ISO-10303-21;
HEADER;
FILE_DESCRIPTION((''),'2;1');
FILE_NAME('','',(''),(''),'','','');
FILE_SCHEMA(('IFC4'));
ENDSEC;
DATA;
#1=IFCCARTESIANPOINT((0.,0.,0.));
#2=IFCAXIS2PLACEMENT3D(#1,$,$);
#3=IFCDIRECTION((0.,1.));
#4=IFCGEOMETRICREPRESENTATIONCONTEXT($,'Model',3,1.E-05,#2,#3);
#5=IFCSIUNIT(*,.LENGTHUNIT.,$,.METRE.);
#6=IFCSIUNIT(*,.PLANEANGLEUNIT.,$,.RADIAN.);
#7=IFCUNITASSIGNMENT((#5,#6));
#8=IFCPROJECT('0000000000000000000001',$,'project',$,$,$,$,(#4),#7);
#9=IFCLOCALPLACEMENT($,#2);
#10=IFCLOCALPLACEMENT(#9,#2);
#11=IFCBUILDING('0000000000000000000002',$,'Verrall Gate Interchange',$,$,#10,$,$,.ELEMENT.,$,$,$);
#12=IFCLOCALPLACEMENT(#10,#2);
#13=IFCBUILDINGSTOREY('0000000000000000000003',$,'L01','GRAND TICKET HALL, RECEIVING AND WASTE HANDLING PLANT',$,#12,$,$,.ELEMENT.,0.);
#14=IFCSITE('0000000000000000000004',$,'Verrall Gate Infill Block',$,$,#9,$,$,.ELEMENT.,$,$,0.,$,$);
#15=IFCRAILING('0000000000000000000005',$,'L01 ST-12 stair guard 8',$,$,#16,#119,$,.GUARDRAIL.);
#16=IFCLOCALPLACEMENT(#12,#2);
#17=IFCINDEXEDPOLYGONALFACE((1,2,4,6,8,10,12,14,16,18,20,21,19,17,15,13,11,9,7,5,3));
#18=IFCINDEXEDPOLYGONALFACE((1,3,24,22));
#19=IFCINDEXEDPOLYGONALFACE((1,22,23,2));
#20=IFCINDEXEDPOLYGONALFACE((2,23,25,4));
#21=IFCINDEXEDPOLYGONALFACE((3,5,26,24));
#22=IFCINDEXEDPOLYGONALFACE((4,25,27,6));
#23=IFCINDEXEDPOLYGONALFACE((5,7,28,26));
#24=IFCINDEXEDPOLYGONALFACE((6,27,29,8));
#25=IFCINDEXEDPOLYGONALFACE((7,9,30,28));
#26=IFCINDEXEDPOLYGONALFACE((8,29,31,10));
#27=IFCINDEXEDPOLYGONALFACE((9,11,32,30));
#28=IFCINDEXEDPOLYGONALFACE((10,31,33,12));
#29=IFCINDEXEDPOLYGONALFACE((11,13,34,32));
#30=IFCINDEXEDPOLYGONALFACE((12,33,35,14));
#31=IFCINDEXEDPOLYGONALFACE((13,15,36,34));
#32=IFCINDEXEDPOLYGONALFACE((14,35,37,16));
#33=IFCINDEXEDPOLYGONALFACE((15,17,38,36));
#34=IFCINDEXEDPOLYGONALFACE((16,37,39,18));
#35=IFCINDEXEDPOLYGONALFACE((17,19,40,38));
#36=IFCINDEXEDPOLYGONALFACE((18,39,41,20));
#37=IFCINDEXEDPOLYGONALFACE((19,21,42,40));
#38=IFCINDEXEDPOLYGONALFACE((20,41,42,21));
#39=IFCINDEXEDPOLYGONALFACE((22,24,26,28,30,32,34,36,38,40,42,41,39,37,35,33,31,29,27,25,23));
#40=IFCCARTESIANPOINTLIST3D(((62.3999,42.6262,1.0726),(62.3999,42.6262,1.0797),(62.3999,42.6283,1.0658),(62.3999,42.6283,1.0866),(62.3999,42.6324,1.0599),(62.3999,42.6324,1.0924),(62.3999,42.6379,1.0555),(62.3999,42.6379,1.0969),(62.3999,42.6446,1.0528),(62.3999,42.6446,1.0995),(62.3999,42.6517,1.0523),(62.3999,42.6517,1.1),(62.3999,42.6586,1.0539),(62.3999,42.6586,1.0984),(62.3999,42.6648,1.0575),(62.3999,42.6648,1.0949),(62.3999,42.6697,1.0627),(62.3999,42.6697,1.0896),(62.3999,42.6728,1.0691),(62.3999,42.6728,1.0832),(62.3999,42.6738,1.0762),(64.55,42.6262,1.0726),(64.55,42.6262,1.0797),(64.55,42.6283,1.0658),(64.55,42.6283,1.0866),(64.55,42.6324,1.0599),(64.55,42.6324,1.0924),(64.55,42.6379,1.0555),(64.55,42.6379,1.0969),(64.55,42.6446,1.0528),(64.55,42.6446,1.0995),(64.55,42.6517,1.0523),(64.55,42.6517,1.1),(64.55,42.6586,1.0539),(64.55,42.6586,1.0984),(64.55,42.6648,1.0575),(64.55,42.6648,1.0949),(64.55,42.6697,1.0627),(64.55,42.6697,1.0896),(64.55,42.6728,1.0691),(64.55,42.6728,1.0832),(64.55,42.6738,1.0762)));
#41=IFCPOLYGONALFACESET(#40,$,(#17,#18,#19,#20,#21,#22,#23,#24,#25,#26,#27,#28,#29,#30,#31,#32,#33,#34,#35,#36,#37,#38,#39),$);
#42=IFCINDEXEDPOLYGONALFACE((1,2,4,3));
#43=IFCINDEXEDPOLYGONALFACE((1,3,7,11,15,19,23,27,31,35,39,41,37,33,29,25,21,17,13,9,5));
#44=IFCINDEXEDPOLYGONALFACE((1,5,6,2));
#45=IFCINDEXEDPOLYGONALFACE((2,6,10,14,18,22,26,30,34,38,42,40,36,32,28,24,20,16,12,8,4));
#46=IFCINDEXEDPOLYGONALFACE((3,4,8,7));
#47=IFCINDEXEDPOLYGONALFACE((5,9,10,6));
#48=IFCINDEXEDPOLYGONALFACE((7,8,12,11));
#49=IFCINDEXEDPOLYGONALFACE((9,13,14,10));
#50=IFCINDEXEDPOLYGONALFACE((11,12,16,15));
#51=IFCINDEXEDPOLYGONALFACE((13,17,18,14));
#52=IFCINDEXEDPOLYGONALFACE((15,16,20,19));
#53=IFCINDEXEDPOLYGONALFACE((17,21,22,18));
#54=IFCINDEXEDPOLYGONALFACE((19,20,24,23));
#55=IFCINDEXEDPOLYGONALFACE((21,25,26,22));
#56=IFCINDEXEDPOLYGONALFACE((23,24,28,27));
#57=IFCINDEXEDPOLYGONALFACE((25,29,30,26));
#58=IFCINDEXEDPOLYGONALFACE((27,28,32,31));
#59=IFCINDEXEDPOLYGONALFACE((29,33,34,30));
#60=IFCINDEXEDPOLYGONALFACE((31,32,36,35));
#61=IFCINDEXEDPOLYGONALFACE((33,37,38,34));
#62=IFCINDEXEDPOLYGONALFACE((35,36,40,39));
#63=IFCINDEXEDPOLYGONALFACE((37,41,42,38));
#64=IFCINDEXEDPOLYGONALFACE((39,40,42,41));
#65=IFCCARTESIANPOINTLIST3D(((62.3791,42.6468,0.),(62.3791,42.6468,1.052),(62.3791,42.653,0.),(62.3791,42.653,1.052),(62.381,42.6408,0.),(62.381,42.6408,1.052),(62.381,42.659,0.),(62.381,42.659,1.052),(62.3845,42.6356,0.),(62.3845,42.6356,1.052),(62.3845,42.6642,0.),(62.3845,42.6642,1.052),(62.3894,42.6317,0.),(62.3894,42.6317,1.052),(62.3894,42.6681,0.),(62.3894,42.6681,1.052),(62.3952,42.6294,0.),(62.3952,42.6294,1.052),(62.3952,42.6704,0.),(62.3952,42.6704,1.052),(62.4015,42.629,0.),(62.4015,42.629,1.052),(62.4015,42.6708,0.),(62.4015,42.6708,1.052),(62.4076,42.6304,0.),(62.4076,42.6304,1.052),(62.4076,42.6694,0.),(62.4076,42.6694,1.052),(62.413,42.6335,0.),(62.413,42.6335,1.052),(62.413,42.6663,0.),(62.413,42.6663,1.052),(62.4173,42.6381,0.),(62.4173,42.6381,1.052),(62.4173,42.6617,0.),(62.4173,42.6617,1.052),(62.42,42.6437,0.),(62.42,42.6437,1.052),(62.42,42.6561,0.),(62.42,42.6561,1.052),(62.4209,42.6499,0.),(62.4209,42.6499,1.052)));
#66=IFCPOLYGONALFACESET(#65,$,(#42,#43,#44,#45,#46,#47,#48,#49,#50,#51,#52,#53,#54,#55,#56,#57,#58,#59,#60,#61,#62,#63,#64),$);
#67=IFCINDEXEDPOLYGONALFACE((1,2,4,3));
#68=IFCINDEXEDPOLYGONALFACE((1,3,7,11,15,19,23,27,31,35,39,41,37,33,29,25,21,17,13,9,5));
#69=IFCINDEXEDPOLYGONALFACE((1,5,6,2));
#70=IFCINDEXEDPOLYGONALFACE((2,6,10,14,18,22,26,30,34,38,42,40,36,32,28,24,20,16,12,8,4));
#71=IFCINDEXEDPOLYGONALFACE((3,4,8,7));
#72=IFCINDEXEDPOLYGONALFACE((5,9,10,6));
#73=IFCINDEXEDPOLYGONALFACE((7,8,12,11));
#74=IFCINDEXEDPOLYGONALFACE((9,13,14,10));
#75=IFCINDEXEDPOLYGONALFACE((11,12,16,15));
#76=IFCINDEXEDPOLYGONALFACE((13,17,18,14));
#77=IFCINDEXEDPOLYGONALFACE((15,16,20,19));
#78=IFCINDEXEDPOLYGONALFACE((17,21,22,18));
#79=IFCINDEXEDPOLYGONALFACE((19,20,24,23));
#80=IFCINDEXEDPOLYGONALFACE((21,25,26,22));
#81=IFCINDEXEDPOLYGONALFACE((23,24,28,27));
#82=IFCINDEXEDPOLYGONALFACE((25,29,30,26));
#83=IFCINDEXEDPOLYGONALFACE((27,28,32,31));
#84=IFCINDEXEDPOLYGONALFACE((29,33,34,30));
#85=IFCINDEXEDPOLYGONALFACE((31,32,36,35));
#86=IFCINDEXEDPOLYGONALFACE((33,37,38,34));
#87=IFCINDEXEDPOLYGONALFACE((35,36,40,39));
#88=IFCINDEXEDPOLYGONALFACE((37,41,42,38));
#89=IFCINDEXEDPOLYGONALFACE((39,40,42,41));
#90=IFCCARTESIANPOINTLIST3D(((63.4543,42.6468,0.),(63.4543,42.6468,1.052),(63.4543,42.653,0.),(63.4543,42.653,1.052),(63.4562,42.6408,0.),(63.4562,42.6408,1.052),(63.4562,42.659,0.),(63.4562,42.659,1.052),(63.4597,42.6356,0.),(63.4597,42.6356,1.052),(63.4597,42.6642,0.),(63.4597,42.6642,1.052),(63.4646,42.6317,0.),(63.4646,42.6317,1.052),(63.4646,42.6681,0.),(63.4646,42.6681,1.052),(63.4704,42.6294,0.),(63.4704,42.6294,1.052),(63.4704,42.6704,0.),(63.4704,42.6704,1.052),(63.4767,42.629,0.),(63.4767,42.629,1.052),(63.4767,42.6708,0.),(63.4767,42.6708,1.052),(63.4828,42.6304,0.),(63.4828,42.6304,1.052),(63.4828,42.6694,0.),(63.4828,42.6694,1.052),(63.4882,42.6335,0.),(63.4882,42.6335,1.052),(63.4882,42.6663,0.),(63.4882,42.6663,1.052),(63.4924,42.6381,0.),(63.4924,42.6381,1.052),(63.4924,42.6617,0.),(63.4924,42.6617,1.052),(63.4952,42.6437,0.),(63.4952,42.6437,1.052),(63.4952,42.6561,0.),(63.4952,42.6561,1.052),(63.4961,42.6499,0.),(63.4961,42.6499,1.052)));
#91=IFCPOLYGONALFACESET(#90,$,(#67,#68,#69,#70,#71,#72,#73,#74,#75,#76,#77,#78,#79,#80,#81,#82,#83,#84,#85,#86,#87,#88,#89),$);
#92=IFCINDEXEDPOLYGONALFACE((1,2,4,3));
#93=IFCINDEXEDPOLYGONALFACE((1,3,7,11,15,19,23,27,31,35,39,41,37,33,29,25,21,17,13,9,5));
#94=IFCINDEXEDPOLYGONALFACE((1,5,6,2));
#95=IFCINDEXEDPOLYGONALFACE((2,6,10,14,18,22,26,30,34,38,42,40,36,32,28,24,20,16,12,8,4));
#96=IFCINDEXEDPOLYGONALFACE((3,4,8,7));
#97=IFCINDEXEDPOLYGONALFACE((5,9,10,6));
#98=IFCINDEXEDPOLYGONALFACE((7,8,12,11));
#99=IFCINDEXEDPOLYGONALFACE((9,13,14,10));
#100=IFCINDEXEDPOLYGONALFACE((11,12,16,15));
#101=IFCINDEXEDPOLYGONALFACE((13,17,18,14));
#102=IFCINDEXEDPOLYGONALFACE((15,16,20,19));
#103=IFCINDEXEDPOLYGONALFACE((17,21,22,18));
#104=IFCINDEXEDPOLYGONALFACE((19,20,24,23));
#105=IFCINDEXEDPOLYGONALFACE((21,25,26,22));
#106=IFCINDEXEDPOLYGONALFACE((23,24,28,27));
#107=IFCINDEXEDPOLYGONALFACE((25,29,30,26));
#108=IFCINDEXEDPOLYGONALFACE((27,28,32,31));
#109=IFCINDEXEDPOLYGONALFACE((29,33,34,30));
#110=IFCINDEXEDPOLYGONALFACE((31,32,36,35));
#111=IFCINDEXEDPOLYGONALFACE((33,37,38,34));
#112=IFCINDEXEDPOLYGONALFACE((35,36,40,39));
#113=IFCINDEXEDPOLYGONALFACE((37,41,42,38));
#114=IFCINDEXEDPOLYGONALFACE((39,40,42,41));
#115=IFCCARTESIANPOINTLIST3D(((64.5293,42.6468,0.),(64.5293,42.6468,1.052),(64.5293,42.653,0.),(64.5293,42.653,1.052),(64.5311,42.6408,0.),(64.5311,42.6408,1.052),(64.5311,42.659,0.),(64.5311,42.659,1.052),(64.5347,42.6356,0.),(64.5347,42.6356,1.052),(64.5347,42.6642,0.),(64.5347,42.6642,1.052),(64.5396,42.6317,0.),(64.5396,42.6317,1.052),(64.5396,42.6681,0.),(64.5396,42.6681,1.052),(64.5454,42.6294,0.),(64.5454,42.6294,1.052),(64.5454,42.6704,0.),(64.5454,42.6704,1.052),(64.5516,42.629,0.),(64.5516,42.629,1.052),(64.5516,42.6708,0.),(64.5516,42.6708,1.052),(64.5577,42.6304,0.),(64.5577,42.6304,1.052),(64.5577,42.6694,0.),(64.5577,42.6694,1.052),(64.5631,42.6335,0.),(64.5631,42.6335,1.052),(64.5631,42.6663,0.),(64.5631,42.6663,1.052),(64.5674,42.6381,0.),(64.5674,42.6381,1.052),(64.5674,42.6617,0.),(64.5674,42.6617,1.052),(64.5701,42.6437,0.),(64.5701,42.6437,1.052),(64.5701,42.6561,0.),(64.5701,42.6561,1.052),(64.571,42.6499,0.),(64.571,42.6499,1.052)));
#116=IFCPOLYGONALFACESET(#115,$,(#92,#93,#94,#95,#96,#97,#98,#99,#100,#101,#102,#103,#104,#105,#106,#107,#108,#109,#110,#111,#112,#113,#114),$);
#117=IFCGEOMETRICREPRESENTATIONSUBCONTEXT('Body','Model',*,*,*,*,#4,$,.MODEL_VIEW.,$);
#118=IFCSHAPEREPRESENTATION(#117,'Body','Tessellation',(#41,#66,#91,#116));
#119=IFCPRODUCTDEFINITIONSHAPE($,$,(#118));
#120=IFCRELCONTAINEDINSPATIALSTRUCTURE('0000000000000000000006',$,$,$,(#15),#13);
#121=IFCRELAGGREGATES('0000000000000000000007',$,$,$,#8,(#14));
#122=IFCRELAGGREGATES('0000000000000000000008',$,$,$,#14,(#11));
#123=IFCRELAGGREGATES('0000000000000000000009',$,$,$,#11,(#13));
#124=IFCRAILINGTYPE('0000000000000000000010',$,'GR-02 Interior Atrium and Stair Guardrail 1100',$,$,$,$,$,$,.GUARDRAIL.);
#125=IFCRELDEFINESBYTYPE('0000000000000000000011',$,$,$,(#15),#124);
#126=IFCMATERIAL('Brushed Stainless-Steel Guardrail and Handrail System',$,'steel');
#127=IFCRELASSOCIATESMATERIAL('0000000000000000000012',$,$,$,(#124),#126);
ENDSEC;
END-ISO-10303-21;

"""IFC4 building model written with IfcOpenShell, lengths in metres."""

from ifc_helpers import new_model, si_unit, direction, frame, origin, origin_2d, place, context, subcontext, project, spatial, circle, extrude, material, type_object, element, save


model = new_model("IFC4")

# Units and contexts
model_context = context("Model", 3, precision=1e-05, world=origin(), true_north=direction((0.0, 1.0)))
body_context = subcontext(model_context, "Body", "Model", "MODEL_VIEW")
ifc_project = project(units=[si_unit("LENGTHUNIT", "METRE"), si_unit("PLANEANGLEUNIT", "RADIAN")], contexts=[model_context])

# Site, building, storey
site_placement = place(None, origin())
site = spatial("IfcSite", under=ifc_project, at=site_placement, Name="Verrall Gate Infill Block", CompositionType="ELEMENT", RefElevation=0.0)
building_placement = place(site_placement, origin())
building = spatial("IfcBuilding", under=site, at=building_placement, Name="Verrall Gate Interchange", CompositionType="ELEMENT")
storey_placement = place(building_placement, origin())
storey = spatial("IfcBuildingStorey", under=building, at=storey_placement, Name="L01", Description="GRAND TICKET HALL, RECEIVING AND WASTE HANDLING PLANT", CompositionType="ELEMENT", Elevation=0.0)

# Railing
ifc_material_1 = material(Name="Brushed Stainless-Steel Guardrail and Handrail System", Category="steel")
railing_type_1 = type_object("IfcRailingType", Name="GR-02 Interior Atrium and Stair Guardrail 1100", PredefinedType="GUARDRAIL", material=ifc_material_1)
railing_1_placement = place(storey_placement, frame((62.3999, 42.6499, 0.0)))
element("IfcRailing", 1, at=railing_1_placement, inside=storey, type_object=railing_type_1, Name="L01 ST-12 stair guard 8", PredefinedType="GUARDRAIL", context=body_context, shape_type="SweptSolid", body=[
    extrude(circle(Radius=0.0239, at=origin_2d()), frame((0.0, 0.0, 1.0762), z_axis=(1.0, 0.0, 0.0), x_axis=(0.0, 1.0, 0.0)), (0.0, 0.0, 1.0), 2.1501),
    extrude(circle(Radius=0.021, at=origin_2d()), origin(), (0.0, 0.0, 1.0), 1.052),
    extrude(circle(Radius=0.021, at=origin_2d()), frame((1.0752, 0.0, 0.0)), (0.0, 0.0, 1.0), 1.052),
    extrude(circle(Radius=0.021, at=origin_2d()), frame((2.1501, 0.0, 0.0)), (0.0, 0.0, 1.0), 1.052),
])

save(model, "model.ifc")
